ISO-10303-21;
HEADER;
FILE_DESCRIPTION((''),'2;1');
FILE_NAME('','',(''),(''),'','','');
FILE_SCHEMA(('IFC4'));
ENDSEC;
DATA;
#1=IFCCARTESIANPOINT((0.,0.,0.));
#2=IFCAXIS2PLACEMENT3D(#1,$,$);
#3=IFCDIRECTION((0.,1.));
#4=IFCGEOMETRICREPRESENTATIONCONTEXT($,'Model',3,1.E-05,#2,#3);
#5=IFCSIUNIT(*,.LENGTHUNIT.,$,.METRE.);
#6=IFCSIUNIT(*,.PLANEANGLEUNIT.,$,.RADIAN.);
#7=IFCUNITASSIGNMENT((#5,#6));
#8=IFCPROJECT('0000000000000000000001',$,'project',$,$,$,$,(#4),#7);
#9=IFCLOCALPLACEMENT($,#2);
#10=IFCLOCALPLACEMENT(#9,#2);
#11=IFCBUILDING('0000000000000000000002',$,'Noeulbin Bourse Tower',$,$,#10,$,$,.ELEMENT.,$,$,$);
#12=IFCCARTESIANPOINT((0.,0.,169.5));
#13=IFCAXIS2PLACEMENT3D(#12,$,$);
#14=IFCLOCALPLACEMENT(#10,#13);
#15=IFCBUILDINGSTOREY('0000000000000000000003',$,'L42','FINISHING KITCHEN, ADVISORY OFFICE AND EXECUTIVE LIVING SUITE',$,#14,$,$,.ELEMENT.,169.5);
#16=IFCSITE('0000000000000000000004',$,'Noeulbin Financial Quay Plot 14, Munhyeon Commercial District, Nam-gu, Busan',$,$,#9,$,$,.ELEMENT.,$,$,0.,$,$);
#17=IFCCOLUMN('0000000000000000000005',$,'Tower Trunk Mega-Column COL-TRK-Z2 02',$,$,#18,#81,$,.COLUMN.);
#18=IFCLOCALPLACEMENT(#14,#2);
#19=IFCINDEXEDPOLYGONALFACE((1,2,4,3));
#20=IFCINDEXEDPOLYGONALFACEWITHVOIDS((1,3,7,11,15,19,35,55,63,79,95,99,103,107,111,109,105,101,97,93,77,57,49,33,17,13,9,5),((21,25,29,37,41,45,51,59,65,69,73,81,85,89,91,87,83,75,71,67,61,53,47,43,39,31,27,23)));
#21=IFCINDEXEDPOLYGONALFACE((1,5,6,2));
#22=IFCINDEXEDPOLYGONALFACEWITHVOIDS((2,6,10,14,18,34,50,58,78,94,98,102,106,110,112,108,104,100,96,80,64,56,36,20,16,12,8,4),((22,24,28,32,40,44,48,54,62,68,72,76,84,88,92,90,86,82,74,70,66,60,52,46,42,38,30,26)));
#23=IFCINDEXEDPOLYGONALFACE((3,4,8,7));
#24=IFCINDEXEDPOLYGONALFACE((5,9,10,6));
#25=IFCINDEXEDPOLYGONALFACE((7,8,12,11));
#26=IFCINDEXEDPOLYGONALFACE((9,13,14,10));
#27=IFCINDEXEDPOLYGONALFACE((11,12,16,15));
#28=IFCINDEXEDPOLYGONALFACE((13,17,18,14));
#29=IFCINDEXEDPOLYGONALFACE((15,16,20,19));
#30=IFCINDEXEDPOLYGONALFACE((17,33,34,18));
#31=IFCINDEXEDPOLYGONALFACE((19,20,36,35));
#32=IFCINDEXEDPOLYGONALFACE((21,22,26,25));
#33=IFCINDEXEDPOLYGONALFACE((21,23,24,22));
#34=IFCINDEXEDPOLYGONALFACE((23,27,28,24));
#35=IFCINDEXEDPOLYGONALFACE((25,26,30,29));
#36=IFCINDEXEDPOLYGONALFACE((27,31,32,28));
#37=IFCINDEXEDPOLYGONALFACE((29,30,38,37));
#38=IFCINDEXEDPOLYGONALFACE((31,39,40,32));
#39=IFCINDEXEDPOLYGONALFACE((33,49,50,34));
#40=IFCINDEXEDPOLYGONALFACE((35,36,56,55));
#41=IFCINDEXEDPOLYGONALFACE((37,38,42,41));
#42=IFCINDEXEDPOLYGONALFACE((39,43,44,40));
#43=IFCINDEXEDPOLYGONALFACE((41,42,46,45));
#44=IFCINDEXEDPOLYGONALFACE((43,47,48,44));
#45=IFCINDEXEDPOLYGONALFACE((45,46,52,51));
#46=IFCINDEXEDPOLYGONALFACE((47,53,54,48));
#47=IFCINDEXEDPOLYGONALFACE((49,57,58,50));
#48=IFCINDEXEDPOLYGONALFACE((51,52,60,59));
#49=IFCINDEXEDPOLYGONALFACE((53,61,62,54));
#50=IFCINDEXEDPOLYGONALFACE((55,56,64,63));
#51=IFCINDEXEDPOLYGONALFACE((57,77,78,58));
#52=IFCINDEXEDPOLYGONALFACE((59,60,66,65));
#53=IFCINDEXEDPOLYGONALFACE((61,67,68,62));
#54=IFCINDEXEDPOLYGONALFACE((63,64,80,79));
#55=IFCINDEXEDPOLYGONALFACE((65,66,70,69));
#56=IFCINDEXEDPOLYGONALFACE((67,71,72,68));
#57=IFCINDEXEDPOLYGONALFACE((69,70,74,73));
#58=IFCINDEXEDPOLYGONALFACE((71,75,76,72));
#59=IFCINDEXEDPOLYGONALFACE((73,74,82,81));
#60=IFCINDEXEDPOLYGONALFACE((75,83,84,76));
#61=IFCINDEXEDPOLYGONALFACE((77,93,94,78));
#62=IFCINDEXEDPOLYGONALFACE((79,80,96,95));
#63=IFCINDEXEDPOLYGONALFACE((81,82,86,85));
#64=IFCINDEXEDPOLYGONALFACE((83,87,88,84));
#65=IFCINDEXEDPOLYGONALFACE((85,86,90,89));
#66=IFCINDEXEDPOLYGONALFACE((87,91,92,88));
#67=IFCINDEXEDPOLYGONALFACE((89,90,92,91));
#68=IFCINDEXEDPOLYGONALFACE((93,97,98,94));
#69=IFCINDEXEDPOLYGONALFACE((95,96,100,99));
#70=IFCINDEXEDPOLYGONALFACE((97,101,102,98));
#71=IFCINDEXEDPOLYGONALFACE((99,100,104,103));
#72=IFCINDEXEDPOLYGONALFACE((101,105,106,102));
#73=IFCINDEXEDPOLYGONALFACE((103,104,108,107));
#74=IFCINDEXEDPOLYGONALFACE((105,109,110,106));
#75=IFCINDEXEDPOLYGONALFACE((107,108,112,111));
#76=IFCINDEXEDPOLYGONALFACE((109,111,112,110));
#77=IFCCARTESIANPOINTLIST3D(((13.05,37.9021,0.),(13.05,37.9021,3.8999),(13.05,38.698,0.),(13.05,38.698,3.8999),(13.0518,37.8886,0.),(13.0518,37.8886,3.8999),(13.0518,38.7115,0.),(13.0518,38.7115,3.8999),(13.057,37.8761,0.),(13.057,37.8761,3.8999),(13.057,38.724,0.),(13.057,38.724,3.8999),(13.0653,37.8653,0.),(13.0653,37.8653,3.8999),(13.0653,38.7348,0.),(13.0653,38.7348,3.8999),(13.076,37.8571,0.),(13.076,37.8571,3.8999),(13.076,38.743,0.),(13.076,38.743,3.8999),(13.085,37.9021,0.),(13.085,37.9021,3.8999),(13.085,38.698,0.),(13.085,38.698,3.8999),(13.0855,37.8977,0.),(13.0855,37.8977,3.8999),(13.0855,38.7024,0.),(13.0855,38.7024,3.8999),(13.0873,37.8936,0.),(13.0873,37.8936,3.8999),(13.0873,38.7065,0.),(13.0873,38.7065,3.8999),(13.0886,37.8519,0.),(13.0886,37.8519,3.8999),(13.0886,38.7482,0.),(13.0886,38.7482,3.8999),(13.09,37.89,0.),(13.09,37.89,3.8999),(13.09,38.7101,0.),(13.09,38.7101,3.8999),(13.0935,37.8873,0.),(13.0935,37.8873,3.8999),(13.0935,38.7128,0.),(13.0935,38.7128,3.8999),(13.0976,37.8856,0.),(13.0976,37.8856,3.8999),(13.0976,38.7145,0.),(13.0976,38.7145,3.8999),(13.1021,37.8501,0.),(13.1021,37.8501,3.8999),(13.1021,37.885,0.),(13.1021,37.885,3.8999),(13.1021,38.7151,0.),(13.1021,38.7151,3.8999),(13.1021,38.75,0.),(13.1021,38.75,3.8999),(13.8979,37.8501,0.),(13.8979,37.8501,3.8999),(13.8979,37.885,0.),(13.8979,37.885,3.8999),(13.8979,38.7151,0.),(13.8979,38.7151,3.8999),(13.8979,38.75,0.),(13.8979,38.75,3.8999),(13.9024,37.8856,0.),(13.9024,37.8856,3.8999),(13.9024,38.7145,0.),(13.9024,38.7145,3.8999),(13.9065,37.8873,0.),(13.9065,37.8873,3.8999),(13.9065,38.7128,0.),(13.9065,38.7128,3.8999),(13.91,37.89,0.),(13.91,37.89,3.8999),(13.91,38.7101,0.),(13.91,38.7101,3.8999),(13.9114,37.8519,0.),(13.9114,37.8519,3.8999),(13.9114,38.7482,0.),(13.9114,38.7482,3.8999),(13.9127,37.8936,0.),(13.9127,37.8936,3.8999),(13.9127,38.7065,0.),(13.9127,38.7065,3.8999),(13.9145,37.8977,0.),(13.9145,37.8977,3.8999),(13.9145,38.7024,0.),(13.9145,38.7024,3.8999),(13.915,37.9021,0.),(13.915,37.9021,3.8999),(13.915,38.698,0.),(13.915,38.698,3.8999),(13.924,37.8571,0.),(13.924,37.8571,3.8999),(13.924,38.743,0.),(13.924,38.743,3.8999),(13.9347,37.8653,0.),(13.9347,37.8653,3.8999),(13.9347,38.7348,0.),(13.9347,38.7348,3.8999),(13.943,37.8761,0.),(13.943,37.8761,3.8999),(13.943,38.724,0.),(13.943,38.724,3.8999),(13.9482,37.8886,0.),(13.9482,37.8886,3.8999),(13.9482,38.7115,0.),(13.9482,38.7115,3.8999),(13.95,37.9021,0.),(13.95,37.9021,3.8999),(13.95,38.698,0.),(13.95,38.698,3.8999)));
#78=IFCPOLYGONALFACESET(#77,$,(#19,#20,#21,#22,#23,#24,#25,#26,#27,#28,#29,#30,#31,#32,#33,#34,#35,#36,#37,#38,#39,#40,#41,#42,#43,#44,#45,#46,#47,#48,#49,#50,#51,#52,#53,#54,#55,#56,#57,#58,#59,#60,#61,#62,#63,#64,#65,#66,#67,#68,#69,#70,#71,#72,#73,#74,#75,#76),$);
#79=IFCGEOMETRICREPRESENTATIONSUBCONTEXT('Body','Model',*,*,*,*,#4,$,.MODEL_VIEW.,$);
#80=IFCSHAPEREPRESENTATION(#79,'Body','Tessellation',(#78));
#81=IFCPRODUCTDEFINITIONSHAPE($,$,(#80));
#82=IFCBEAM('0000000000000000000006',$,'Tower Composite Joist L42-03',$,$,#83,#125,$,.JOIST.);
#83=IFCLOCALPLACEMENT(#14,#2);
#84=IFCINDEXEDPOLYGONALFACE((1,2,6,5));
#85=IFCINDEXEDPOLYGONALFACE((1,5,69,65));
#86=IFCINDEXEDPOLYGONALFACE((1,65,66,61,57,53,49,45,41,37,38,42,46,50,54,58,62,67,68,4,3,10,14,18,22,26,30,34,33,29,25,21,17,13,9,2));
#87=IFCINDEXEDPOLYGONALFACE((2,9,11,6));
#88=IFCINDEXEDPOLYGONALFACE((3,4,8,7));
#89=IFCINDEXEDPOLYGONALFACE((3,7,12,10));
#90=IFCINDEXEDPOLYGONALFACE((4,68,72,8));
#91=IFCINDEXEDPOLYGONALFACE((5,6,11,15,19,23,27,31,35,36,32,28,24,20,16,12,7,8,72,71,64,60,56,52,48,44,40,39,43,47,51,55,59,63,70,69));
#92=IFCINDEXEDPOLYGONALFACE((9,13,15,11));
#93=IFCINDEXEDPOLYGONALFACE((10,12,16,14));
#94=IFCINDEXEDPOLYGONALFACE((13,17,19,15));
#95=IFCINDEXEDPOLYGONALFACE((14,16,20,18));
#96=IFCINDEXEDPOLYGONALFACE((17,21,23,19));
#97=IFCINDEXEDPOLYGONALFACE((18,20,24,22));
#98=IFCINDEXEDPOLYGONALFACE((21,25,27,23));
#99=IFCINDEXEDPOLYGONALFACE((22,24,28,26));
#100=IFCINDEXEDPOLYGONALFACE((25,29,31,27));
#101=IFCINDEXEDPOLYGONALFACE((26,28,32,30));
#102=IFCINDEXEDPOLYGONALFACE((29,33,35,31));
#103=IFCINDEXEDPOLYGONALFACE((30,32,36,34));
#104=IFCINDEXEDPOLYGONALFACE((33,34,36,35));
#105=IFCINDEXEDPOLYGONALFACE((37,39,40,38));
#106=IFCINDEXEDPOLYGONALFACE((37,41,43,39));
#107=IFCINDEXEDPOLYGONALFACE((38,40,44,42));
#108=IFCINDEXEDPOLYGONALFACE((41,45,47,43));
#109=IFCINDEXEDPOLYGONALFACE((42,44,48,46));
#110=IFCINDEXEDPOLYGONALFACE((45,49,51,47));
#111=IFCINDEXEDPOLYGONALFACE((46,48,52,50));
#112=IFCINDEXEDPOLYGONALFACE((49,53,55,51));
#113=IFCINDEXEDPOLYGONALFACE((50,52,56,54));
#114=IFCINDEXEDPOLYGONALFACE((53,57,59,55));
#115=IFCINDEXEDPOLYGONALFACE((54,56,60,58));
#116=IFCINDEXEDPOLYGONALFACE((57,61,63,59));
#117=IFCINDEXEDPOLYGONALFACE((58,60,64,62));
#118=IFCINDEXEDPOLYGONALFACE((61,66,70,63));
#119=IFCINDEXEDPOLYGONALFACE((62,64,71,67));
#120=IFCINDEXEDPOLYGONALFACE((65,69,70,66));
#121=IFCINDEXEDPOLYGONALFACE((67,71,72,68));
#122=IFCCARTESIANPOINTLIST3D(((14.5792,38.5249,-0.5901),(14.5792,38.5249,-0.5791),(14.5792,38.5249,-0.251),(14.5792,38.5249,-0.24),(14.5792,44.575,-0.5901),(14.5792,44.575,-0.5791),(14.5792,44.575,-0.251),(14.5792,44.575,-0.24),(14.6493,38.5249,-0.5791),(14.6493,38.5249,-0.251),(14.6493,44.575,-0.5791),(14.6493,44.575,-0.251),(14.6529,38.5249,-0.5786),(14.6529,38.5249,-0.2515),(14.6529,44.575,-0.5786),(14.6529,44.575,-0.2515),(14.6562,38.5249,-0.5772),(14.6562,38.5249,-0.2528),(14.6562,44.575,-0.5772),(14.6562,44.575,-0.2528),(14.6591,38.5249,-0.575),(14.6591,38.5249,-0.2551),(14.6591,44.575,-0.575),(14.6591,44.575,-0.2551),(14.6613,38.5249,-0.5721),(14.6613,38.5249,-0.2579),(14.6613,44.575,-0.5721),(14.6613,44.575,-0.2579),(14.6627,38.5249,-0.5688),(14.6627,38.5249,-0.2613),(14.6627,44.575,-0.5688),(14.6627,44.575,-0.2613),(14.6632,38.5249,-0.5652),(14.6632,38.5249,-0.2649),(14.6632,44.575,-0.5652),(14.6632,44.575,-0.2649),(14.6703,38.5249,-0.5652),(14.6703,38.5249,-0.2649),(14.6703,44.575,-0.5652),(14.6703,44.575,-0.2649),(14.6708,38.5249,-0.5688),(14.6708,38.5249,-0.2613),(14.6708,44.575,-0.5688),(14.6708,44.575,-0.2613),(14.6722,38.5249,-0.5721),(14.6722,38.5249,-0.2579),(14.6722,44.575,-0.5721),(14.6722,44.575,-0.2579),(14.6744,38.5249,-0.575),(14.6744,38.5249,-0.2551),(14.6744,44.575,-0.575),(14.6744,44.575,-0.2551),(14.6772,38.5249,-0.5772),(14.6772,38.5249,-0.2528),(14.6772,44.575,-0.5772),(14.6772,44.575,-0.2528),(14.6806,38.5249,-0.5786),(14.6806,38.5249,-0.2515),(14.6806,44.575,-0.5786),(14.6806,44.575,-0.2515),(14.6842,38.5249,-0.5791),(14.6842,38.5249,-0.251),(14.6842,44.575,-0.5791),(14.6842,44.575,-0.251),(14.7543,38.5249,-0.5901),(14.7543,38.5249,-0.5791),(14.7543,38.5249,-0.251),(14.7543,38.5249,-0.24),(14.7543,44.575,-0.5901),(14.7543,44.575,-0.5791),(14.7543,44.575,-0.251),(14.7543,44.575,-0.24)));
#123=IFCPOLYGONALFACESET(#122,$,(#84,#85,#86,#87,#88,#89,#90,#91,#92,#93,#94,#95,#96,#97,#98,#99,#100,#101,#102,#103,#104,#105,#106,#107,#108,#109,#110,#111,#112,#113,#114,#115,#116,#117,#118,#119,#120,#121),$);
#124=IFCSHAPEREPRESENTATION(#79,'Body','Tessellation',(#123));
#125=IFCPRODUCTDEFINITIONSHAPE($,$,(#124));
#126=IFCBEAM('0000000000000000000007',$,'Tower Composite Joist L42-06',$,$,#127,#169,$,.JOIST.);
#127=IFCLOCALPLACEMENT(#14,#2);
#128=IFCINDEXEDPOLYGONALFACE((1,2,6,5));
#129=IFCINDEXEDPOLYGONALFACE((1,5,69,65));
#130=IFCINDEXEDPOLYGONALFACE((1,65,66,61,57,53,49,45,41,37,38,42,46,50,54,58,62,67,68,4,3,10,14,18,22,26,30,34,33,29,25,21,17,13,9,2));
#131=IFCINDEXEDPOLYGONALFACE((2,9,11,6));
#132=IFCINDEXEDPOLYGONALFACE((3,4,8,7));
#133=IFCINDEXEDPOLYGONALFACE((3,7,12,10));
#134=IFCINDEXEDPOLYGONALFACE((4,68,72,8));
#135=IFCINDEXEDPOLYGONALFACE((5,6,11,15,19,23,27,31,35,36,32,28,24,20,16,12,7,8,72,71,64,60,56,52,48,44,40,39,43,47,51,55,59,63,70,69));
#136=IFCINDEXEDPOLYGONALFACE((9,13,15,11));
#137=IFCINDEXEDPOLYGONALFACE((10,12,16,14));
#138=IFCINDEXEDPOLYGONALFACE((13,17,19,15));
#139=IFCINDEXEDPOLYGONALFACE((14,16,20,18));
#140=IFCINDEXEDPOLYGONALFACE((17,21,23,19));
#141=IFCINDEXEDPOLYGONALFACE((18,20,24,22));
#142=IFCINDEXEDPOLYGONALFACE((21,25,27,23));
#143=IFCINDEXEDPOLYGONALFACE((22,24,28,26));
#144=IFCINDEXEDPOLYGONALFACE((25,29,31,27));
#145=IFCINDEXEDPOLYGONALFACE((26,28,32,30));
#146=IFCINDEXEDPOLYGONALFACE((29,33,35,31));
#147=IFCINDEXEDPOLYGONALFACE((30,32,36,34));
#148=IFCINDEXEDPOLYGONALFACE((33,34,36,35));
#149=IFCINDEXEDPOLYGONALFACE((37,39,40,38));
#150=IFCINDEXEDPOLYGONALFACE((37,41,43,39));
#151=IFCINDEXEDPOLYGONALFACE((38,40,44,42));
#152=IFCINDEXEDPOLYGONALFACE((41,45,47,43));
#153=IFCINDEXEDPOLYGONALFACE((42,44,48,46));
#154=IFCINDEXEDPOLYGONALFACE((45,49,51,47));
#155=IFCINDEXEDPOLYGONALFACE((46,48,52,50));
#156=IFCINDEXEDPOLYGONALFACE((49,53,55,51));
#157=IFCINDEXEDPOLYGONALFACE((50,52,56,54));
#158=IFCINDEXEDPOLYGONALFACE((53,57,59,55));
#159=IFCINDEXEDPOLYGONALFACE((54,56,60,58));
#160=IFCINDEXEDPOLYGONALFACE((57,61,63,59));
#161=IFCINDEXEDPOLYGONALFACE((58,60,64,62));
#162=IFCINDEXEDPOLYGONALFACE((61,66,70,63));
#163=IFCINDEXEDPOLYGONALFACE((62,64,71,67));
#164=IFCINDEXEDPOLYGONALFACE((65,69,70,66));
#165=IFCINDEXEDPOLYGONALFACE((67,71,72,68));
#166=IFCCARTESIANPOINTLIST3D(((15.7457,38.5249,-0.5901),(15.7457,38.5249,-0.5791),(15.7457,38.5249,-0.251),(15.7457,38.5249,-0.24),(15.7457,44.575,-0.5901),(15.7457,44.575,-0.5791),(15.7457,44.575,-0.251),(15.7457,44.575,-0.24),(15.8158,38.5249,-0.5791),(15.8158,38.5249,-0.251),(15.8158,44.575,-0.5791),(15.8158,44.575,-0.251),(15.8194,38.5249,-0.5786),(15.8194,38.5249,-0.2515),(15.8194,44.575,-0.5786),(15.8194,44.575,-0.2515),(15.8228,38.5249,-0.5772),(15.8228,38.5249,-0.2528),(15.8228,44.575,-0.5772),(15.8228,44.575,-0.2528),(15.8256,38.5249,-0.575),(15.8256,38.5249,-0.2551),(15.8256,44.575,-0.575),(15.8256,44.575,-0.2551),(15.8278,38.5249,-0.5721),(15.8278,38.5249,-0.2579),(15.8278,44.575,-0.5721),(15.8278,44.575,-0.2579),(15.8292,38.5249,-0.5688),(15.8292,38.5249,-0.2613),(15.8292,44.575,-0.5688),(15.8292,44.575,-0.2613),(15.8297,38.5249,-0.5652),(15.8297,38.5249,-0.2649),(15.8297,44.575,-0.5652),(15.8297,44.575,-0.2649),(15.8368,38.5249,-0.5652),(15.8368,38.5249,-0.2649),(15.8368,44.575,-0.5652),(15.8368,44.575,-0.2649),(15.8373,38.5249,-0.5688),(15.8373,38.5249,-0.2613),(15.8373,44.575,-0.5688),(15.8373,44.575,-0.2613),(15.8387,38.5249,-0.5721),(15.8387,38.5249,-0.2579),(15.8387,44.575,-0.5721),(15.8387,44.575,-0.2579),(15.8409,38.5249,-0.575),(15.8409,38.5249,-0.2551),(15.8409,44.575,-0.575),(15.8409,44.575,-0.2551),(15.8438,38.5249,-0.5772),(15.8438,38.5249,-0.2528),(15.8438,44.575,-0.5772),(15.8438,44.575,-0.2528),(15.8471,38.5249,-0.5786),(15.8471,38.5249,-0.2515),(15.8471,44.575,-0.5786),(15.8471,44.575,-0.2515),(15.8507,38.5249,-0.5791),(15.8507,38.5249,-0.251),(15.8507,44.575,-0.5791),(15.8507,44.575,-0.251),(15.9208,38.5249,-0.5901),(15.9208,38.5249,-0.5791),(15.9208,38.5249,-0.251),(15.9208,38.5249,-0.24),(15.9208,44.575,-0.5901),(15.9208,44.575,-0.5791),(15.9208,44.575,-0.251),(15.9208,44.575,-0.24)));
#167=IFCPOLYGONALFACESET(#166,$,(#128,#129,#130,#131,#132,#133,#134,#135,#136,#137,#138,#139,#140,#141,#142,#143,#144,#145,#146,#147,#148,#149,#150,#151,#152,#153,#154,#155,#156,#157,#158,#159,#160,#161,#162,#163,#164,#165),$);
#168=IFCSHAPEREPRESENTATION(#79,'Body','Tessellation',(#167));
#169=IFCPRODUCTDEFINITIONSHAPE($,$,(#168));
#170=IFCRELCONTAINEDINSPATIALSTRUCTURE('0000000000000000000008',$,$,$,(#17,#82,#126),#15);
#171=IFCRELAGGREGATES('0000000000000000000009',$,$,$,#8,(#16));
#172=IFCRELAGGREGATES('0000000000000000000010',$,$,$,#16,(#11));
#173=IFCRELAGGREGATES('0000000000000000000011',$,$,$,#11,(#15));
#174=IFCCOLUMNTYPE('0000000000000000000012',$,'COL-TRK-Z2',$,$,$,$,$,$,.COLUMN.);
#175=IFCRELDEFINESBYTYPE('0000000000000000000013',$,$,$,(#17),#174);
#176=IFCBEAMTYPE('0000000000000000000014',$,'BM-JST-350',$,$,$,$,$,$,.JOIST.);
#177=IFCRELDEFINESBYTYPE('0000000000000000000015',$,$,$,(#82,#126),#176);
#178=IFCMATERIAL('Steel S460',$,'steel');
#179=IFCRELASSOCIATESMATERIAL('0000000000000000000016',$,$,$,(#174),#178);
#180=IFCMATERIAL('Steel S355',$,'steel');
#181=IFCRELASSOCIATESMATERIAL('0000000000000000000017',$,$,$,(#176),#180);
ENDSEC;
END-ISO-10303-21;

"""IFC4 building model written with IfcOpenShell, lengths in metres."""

from ifc_helpers import new_model, si_unit, direction, frame, origin, origin_2d, place, context, subcontext, project, spatial, hollow_rectangle, i_section, extrude, material, material_profile, profile_set, type_object, element, save


model = new_model("IFC4")

# Units and contexts
model_context = context("Model", 3, precision=1e-05, world=origin(), true_north=direction((0.0, 1.0)))
body_context = subcontext(model_context, "Body", "Model", "MODEL_VIEW")
ifc_project = project(units=[si_unit("LENGTHUNIT", "METRE"), si_unit("PLANEANGLEUNIT", "RADIAN")], contexts=[model_context])

# Site, building, storey
site_placement = place(None, origin())
site = spatial("IfcSite", under=ifc_project, at=site_placement, Name="Noeulbin Financial Quay Plot 14, Munhyeon Commercial District, Nam-gu, Busan", CompositionType="ELEMENT", RefElevation=0.0)
building_placement = place(site_placement, origin())
building = spatial("IfcBuilding", under=site, at=building_placement, Name="Noeulbin Bourse Tower", CompositionType="ELEMENT")
storey_placement = place(building_placement, frame((0.0, 0.0, 169.5)))
storey = spatial("IfcBuildingStorey", under=building, at=storey_placement, Name="L42", Description="FINISHING KITCHEN, ADVISORY OFFICE AND EXECUTIVE LIVING SUITE", CompositionType="ELEMENT", Elevation=169.5)

# Column
ifc_material_1 = material(Name="Steel S355", Category="steel")
ifc_material_2 = material(Name="Steel S460", Category="steel")
ifc_material_profile_1 = material_profile(ifc_material_2, hollow_rectangle(XDim=0.8999, YDim=0.8999, WallThickness=0.0349, InnerFilletRadius=0.0171, OuterFilletRadius=0.052, at=origin_2d()), Name="BOX-900x900x35", Category="LoadBearing")
ifc_profile_set_1 = profile_set([ifc_material_profile_1], Name="Steel S460")
column_type_1 = type_object("IfcColumnType", Name="COL-TRK-Z2", PredefinedType="COLUMN", material=ifc_profile_set_1)
column_placement = place(storey_placement, frame((13.5, 38.3, 0.0), z_axis=(0.0, 0.0, 1.0), x_axis=(1.0, 0.0, 0.0)))
element("IfcColumn", 1, at=column_placement, inside=storey, type_object=column_type_1, Name="Tower Trunk Mega-Column COL-TRK-Z2 02", PredefinedType="COLUMN", context=body_context, shape_type="SweptSolid", body=[
    extrude(hollow_rectangle(XDim=0.8999, YDim=0.8999, WallThickness=0.0349, InnerFilletRadius=0.0171, OuterFilletRadius=0.052, at=origin_2d()), origin(), (0.0, 0.0, 1.0), 3.8999),
])

# Beams
ifc_material_profile_2 = material_profile(ifc_material_1, i_section(OverallWidth=0.175, OverallDepth=0.3501, WebThickness=0.0071, FlangeThickness=0.011, FilletRadius=0.0139, at=origin_2d()), Name="H-350x175x7x11", Category="LoadBearing")
ifc_profile_set_2 = profile_set([ifc_material_profile_2], Name="Steel S355")
beam_type_1 = type_object("IfcBeamType", Name="BM-JST-350", PredefinedType="JOIST", material=ifc_profile_set_2)
for number, where, z_axis, x_axis, name in (
    (2, (14.6667, 38.5249, -0.415), (0.0, 1.0, 0.0), (-1.0, 0.0, 0.0), "Tower Composite Joist L42-03"),
    (3, (15.8333, 38.5249, -0.415), (0.0, 1.0, 0.0), (-1.0, 0.0, 0.0), "Tower Composite Joist L42-06"),
):
    element("IfcBeam", number, at=place(storey_placement, frame(where, z_axis=z_axis, x_axis=x_axis)), inside=storey, type_object=beam_type_1, Name=name, PredefinedType="JOIST", context=body_context, shape_type="SweptSolid", body=[
        extrude(i_section(OverallWidth=0.175, OverallDepth=0.3501, WebThickness=0.0071, FlangeThickness=0.011, FilletRadius=0.0139, at=origin_2d()), origin(), (0.0, 0.0, 1.0), 6.05),
    ])

save(model, "model.ifc")
